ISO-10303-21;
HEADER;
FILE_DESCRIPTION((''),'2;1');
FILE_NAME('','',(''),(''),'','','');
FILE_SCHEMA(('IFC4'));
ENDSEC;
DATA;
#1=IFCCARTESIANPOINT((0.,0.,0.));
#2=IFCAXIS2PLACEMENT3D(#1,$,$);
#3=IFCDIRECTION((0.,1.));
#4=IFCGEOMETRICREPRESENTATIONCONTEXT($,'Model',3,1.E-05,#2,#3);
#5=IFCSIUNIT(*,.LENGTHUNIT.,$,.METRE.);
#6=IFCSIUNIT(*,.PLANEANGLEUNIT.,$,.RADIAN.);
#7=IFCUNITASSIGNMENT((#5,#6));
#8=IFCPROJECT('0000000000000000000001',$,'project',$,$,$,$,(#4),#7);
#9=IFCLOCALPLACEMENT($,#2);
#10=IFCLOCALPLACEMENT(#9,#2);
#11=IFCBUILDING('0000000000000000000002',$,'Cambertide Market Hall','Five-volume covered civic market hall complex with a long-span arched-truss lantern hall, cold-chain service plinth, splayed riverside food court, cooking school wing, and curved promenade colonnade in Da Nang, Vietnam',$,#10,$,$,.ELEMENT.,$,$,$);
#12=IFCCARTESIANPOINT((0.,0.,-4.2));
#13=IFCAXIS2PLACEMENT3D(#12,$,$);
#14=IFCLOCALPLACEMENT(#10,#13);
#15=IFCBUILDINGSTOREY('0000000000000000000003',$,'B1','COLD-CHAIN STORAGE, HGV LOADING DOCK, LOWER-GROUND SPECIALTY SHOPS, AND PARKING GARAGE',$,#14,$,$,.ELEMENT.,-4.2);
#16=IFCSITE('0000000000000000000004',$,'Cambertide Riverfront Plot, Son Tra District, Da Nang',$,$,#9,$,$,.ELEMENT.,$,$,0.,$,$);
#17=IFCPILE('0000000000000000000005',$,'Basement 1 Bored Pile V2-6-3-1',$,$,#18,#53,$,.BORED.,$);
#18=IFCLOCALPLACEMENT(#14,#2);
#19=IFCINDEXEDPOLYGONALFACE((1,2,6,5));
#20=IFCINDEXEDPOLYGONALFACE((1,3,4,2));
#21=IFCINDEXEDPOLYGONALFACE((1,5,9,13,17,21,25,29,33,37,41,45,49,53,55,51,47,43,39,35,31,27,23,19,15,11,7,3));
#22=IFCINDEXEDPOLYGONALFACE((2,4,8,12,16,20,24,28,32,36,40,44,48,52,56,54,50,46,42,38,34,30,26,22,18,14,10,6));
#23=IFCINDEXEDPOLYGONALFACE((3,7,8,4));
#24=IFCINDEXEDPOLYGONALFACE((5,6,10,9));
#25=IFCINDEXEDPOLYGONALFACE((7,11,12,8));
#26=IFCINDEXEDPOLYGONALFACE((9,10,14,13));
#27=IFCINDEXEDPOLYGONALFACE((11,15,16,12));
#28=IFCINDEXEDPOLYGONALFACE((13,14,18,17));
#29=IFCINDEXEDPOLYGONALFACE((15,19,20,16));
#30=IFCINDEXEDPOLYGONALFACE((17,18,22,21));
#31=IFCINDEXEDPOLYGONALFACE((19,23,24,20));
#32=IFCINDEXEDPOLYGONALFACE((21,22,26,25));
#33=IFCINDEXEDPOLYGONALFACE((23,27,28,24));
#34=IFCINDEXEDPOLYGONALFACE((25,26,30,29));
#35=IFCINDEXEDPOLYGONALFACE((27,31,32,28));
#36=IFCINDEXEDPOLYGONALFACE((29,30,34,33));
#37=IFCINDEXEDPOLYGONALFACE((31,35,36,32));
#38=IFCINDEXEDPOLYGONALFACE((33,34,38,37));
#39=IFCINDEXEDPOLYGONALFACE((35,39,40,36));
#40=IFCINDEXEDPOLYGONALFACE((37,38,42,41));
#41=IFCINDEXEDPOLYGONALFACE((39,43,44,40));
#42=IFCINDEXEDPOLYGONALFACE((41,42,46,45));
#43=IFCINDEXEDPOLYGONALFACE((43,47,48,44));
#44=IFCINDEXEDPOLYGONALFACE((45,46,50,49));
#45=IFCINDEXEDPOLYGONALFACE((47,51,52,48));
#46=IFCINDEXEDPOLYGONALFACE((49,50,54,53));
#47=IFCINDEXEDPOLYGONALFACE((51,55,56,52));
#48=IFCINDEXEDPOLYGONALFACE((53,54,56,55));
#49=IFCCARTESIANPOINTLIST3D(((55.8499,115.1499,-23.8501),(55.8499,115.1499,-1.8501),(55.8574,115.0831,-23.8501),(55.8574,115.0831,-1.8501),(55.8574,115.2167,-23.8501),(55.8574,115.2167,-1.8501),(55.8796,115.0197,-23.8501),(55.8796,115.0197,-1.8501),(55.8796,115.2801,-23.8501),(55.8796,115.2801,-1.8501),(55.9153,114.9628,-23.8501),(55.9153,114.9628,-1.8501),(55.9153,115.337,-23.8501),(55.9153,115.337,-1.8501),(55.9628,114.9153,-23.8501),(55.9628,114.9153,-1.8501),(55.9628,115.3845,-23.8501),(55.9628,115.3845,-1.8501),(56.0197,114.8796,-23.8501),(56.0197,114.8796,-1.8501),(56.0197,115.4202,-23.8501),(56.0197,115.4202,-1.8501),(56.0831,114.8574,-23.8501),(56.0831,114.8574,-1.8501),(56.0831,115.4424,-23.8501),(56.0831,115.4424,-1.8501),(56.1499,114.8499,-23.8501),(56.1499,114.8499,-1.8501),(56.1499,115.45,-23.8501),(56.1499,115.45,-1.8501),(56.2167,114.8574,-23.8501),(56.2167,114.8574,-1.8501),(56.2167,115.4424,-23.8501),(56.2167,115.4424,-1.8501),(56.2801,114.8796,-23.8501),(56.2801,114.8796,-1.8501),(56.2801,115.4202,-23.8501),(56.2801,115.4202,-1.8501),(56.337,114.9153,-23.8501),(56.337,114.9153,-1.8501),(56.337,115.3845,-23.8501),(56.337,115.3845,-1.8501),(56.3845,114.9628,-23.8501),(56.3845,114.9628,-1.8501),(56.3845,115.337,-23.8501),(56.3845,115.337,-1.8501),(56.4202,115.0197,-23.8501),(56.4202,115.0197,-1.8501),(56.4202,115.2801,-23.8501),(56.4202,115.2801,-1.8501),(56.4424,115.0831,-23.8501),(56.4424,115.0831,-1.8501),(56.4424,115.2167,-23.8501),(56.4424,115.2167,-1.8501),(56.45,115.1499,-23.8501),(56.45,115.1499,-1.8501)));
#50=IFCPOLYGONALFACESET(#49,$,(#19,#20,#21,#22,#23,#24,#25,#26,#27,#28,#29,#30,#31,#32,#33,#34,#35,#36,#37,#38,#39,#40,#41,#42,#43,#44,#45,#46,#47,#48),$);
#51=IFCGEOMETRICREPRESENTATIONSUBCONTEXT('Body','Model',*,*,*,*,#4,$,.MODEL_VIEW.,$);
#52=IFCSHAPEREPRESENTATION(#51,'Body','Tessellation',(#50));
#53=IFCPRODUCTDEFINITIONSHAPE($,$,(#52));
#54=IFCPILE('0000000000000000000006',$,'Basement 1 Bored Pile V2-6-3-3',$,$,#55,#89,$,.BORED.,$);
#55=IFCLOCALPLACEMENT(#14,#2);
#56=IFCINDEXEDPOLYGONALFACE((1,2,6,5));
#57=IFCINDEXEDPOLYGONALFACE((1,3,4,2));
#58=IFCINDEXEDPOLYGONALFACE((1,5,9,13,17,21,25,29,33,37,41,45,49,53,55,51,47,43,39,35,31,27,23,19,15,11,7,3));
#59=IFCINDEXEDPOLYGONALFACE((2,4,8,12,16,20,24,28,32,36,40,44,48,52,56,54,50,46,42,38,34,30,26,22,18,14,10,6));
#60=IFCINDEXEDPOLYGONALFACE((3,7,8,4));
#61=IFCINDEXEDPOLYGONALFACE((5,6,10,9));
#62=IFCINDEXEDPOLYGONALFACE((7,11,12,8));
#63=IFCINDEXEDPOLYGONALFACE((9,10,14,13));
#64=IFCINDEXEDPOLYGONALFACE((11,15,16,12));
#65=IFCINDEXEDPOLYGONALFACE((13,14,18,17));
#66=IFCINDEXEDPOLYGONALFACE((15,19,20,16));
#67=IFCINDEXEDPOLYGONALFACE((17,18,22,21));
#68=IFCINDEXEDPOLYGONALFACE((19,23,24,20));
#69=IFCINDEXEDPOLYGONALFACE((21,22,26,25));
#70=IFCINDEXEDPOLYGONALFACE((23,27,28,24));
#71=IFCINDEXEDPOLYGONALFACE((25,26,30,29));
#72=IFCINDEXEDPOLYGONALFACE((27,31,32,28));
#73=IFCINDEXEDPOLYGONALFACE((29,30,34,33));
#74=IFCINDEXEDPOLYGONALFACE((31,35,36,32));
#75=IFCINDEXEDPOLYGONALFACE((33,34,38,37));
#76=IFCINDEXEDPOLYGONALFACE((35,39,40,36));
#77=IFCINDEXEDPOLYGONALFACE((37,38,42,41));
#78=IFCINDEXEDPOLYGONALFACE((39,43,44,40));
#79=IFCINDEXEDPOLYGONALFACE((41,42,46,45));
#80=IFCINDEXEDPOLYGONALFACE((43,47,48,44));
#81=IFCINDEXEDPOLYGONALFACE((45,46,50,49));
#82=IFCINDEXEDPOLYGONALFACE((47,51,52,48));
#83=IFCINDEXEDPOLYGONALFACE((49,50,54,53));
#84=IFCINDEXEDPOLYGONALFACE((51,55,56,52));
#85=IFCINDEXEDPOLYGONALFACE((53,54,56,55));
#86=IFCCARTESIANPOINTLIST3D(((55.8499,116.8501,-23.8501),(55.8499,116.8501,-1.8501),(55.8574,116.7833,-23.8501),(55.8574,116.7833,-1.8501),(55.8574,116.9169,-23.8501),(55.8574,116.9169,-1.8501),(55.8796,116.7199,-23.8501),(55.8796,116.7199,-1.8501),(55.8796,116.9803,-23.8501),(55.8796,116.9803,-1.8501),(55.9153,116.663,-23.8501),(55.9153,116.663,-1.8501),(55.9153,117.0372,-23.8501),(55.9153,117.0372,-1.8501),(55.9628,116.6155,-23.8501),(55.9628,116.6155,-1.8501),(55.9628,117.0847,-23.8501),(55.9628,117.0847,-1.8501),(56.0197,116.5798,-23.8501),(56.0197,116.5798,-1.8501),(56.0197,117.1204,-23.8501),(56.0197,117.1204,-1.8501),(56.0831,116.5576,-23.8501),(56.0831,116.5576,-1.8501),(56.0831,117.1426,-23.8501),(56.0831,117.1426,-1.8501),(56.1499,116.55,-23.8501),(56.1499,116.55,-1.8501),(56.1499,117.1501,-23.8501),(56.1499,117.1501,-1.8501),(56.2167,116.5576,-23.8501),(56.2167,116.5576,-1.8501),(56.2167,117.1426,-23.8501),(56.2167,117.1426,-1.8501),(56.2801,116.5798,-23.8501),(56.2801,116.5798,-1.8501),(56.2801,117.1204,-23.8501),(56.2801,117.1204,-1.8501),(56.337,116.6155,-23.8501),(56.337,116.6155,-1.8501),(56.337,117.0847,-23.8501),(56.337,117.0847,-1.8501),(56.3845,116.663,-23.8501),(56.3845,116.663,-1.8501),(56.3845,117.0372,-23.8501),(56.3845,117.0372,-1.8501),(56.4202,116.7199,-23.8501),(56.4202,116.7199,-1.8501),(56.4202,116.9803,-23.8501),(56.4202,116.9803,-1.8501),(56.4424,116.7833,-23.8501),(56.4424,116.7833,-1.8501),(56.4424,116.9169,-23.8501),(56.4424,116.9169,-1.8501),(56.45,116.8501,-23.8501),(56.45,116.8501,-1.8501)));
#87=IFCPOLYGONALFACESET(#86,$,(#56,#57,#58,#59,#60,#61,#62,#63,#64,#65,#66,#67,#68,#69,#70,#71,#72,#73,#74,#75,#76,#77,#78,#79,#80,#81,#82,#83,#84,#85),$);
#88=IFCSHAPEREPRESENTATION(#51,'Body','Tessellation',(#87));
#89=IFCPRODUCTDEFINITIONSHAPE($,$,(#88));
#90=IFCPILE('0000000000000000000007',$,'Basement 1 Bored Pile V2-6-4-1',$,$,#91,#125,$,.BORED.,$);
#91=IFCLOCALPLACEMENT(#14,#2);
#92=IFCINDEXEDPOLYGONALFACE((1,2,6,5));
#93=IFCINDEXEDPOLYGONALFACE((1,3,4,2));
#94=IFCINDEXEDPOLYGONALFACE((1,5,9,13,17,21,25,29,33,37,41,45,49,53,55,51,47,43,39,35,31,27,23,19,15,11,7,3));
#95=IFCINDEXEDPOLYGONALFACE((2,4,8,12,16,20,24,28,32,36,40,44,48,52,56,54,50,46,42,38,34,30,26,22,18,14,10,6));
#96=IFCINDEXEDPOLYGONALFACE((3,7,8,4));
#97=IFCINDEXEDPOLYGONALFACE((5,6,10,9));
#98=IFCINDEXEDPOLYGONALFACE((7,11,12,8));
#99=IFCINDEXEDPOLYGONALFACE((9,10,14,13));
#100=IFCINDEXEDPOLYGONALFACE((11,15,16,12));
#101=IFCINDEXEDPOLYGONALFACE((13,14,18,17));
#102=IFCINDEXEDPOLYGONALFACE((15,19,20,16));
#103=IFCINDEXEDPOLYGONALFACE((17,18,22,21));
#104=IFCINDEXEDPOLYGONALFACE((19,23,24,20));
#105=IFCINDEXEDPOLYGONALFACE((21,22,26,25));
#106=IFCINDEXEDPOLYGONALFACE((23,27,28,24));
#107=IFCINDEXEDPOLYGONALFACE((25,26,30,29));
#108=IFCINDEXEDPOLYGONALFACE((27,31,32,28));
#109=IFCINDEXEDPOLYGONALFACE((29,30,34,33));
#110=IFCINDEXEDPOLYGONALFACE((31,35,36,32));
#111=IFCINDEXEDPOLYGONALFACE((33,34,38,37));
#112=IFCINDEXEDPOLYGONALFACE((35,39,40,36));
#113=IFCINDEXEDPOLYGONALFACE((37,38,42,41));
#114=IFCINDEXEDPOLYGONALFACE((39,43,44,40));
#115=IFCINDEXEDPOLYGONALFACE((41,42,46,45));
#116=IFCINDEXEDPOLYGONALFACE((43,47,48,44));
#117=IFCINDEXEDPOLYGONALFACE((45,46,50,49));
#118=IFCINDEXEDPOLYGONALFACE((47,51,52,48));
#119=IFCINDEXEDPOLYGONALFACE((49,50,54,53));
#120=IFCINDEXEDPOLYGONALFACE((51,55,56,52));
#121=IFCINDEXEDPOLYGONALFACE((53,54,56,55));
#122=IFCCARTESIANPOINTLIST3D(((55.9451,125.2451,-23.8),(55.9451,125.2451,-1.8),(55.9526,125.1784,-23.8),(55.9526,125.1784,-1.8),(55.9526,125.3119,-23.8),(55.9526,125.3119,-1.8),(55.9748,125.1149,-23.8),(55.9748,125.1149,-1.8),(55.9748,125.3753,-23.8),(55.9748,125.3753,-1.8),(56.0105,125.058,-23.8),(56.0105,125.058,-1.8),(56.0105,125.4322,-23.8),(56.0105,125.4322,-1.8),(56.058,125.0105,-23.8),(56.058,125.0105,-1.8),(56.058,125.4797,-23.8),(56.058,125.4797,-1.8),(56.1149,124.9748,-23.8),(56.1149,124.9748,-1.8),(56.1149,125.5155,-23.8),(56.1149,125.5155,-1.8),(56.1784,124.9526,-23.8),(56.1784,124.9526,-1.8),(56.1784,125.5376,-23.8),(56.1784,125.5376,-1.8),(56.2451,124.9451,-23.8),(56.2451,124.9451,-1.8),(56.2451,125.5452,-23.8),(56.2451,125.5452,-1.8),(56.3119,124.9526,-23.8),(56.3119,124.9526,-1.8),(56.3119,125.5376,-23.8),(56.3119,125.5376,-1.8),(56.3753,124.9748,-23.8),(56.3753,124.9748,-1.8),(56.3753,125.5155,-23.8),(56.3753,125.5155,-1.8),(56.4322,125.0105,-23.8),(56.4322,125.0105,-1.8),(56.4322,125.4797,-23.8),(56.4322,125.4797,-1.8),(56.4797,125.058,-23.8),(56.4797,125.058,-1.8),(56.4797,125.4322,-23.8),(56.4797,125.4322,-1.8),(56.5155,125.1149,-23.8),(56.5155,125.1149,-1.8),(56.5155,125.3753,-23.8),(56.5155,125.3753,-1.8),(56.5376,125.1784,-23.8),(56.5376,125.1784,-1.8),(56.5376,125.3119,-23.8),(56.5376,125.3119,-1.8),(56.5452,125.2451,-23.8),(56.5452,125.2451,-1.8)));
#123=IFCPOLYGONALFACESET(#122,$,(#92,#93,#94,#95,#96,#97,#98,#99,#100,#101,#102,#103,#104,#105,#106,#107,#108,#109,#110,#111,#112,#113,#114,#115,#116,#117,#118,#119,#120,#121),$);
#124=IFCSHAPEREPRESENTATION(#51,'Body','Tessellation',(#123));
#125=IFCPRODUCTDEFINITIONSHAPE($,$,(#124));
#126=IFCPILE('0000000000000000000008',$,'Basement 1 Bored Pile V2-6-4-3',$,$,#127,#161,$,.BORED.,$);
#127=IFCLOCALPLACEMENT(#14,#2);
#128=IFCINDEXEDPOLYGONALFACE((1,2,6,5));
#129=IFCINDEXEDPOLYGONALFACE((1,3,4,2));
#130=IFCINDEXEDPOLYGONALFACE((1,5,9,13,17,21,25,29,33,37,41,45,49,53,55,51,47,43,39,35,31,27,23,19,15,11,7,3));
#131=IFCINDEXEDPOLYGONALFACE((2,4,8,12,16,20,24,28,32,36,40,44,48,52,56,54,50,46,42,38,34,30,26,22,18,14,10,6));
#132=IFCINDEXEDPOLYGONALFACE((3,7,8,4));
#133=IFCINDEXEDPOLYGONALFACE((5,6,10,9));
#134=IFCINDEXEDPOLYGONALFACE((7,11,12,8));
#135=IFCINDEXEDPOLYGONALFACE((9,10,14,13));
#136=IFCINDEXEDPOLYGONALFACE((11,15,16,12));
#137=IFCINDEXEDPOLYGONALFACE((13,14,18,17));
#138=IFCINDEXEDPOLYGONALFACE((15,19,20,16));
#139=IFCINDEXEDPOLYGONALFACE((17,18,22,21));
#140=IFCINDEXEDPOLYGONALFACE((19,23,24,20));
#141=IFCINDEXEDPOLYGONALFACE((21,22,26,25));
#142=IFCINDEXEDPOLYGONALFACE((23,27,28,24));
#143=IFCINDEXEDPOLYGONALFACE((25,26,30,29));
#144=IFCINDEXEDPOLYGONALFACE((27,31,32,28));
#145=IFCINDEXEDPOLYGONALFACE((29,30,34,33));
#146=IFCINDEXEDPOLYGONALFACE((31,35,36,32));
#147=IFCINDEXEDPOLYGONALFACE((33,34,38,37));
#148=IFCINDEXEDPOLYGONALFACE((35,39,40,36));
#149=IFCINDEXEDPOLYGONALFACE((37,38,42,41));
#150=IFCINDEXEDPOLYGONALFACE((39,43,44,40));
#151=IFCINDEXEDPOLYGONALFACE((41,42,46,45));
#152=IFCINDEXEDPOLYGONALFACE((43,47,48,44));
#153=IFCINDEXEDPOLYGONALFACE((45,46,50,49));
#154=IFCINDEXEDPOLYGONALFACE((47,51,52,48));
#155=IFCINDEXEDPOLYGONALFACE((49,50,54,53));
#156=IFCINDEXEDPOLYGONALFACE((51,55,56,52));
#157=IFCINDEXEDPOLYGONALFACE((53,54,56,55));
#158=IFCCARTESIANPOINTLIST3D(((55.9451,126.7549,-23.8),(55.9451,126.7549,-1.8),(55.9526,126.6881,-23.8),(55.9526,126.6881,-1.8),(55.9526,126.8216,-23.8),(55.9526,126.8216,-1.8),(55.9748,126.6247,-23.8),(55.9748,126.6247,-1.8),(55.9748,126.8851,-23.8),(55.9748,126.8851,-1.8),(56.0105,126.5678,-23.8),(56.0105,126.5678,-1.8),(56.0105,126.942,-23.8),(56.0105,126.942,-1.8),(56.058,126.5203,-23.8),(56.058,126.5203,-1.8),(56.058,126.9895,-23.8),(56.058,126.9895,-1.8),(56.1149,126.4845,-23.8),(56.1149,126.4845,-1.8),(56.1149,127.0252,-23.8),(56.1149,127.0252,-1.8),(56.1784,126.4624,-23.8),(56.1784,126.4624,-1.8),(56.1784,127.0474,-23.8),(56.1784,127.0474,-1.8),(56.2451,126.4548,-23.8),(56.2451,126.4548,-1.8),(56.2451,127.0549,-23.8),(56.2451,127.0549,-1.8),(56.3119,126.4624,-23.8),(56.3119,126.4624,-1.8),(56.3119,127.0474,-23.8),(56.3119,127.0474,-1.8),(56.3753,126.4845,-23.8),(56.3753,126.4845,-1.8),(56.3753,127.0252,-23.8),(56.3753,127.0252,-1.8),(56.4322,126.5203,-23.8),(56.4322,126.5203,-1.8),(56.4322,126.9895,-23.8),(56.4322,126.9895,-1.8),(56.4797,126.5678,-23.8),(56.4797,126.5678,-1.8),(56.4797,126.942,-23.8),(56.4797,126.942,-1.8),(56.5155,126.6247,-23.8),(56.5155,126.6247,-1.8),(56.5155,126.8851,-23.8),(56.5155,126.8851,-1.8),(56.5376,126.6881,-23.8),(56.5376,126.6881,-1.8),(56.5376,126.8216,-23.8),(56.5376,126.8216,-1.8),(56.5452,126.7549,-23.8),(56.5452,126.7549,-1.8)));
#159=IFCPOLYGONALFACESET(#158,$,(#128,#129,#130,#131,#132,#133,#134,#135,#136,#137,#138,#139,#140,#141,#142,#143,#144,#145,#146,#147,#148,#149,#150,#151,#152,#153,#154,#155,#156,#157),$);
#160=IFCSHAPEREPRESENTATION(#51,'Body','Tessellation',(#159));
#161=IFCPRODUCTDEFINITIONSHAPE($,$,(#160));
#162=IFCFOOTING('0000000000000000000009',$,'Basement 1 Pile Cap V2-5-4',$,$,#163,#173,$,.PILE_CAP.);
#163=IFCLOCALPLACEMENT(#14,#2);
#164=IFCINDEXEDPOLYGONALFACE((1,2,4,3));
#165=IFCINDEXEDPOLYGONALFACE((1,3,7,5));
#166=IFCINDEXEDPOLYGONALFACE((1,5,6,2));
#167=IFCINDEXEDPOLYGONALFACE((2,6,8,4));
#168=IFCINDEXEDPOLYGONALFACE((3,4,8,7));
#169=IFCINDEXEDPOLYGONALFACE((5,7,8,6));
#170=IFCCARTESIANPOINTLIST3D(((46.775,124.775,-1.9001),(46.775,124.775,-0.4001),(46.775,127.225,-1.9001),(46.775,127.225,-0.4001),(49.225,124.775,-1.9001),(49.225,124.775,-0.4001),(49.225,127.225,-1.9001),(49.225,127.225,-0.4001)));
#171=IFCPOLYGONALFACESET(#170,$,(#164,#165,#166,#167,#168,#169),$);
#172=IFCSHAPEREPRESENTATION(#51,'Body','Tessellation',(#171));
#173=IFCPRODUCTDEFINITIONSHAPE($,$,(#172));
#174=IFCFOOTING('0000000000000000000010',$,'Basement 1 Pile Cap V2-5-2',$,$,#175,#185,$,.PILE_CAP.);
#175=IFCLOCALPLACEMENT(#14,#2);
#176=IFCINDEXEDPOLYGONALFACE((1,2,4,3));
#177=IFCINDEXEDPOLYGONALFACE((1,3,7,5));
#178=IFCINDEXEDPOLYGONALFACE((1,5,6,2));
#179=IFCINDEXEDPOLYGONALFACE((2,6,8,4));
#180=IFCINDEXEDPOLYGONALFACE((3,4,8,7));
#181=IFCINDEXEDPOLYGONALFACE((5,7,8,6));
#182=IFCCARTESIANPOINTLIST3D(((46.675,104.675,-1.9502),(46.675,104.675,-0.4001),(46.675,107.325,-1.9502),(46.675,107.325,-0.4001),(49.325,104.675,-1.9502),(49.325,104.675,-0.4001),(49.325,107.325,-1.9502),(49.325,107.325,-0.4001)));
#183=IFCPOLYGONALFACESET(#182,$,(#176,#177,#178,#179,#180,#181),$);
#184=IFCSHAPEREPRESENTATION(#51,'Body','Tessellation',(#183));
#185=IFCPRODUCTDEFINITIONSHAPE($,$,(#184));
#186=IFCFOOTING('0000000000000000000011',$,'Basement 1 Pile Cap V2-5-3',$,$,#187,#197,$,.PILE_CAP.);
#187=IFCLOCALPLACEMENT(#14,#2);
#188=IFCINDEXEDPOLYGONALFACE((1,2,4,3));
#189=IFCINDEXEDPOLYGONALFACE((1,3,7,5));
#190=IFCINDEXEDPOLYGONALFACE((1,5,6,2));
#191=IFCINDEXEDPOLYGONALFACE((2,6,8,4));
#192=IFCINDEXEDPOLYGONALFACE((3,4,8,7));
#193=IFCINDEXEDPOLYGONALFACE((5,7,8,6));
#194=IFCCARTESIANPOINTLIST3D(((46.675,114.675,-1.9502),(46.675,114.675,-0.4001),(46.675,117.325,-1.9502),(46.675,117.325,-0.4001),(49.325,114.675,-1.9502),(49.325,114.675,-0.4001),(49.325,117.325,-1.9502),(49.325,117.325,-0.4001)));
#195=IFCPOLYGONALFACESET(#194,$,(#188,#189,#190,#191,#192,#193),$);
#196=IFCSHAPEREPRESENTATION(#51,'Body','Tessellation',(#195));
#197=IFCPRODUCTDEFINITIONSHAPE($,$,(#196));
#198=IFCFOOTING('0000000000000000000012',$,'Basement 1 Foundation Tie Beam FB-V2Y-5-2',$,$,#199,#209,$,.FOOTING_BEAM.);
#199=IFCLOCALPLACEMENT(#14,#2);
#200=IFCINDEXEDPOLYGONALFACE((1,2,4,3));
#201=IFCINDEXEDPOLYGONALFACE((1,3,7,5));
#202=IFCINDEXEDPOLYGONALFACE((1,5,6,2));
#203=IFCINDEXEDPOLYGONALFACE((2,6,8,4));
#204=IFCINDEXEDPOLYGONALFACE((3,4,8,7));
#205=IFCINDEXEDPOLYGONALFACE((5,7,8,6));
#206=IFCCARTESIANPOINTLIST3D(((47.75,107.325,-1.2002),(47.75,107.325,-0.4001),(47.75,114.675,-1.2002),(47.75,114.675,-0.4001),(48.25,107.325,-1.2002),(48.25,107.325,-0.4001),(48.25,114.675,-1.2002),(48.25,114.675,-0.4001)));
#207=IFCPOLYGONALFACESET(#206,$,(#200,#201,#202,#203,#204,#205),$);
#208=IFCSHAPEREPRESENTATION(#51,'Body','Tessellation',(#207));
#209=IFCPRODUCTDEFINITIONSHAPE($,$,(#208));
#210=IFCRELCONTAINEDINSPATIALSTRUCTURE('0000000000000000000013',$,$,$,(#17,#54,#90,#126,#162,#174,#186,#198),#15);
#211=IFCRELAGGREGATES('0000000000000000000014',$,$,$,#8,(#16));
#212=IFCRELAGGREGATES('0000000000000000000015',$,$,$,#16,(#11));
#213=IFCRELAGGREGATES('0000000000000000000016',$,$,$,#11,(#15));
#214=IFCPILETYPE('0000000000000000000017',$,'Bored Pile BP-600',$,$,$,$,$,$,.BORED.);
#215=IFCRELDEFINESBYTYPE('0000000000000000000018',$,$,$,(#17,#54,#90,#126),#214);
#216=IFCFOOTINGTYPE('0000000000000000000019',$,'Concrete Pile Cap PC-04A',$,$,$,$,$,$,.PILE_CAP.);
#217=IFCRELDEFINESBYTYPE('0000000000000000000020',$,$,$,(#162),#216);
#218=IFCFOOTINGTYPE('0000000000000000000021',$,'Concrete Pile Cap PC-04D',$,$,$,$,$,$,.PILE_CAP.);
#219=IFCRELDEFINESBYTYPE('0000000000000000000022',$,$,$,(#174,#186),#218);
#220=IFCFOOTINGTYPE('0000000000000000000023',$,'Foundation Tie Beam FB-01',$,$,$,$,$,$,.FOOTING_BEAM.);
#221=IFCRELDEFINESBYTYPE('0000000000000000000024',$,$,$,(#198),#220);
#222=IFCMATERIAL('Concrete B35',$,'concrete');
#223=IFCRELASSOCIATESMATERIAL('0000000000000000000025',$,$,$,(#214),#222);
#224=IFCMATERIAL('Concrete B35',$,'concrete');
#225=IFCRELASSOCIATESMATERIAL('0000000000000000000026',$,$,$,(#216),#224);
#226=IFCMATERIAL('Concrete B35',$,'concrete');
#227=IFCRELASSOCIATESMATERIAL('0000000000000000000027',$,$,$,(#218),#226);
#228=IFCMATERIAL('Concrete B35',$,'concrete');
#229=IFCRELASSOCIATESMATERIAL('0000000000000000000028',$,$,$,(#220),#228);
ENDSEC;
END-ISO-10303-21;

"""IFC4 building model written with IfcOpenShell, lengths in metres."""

from ifc_helpers import new_model, si_unit, direction, frame, origin, origin_2d, place, context, subcontext, project, spatial, rectangle, circle, extrude, material, material_profile, profile_set, type_object, element, save


model = new_model("IFC4")

# Units and contexts
model_context = context("Model", 3, precision=1e-05, world=origin(), true_north=direction((0.0, 1.0)))
body_context = subcontext(model_context, "Body", "Model", "MODEL_VIEW")
ifc_project = project(units=[si_unit("LENGTHUNIT", "METRE"), si_unit("PLANEANGLEUNIT", "RADIAN")], contexts=[model_context])

# Site, building, storey
site_placement = place(None, origin())
site = spatial("IfcSite", under=ifc_project, at=site_placement, Name="Cambertide Riverfront Plot, Son Tra District, Da Nang", CompositionType="ELEMENT", RefElevation=0.0)
building_placement = place(site_placement, origin())
building = spatial("IfcBuilding", under=site, at=building_placement, Name="Cambertide Market Hall", Description="Five-volume covered civic market hall complex with a long-span arched-truss lantern hall, cold-chain service plinth, splayed riverside food court, cooking school wing, and curved promenade colonnade in Da Nang, Vietnam", CompositionType="ELEMENT")
storey_placement = place(building_placement, frame((0.0, 0.0, -4.2)))
storey = spatial("IfcBuildingStorey", under=building, at=storey_placement, Name="B1", Description="COLD-CHAIN STORAGE, HGV LOADING DOCK, LOWER-GROUND SPECIALTY SHOPS, AND PARKING GARAGE", CompositionType="ELEMENT", Elevation=-4.2)

# Piles
ifc_material_1 = material(Name="Concrete B35", Category="concrete")
ifc_material_profile_1 = material_profile(ifc_material_1, circle(Radius=0.3, at=origin_2d()), Name="BP D600")
ifc_profile_set_1 = profile_set([ifc_material_profile_1], Name="Concrete B35")
pile_type = type_object("IfcPileType", Name="Bored Pile BP-600", PredefinedType="BORED", material=ifc_profile_set_1)
for number, where, z_axis, x_axis, name in (
    (1, (56.1499, 115.1499, -1.8501), (0.0, 0.0, -1.0), (1.0, 0.0, 0.0), "Basement 1 Bored Pile V2-6-3-1"),
    (2, (56.1499, 116.8501, -1.8501), (0.0, 0.0, -1.0), (1.0, 0.0, 0.0), "Basement 1 Bored Pile V2-6-3-3"),
    (3, (56.2451, 125.2451, -1.8), (0.0, 0.0, -1.0), (1.0, 0.0, 0.0), "Basement 1 Bored Pile V2-6-4-1"),
    (4, (56.2451, 126.7549, -1.8), (0.0, 0.0, -1.0), (1.0, 0.0, 0.0), "Basement 1 Bored Pile V2-6-4-3"),
):
    element("IfcPile", number, at=place(storey_placement, frame(where, z_axis=z_axis, x_axis=x_axis)), inside=storey, type_object=pile_type, Name=name, PredefinedType="BORED", context=body_context, shape_type="SweptSolid", body=[
        extrude(circle(Radius=0.3, at=origin_2d()), origin(), (0.0, 0.0, 1.0), 22.0),
    ])

# Footings
ifc_material_2 = material(Name="Concrete B35", Category="concrete")
footing_type_1 = type_object("IfcFootingType", Name="Concrete Pile Cap PC-04A", PredefinedType="PILE_CAP", material=ifc_material_2)
footing_1_placement = place(storey_placement, frame((48.0, 126.0, -1.9001), z_axis=(0.0, 0.0, 1.0), x_axis=(1.0, 0.0, 0.0)))
element("IfcFooting", 5, at=footing_1_placement, inside=storey, type_object=footing_type_1, Name="Basement 1 Pile Cap V2-5-4", PredefinedType="PILE_CAP", context=body_context, shape_type="SweptSolid", body=[
    extrude(rectangle(XDim=2.45, YDim=2.45, at=origin_2d()), origin(), (0.0, 0.0, 1.0), 1.5),
])
ifc_material_3 = material(Name="Concrete B35", Category="concrete")
footing_type_2 = type_object("IfcFootingType", Name="Concrete Pile Cap PC-04D", PredefinedType="PILE_CAP", material=ifc_material_3)
for number, where, z_axis, x_axis, name in (
    (6, (48.0, 106.0, -1.9502), (0.0, 0.0, 1.0), (1.0, 0.0, 0.0), "Basement 1 Pile Cap V2-5-2"),
    (7, (48.0, 116.0, -1.9502), (0.0, 0.0, 1.0), (1.0, 0.0, 0.0), "Basement 1 Pile Cap V2-5-3"),
):
    element("IfcFooting", number, at=place(storey_placement, frame(where, z_axis=z_axis, x_axis=x_axis)), inside=storey, type_object=footing_type_2, Name=name, PredefinedType="PILE_CAP", context=body_context, shape_type="SweptSolid", body=[
        extrude(rectangle(XDim=2.6499, YDim=2.6499, at=origin_2d()), origin(), (0.0, 0.0, 1.0), 1.55),
    ])
ifc_material_4 = material(Name="Concrete B35", Category="concrete")
footing_type_3 = type_object("IfcFootingType", Name="Foundation Tie Beam FB-01", PredefinedType="FOOTING_BEAM", material=ifc_material_4)
footing_2_placement = place(storey_placement, frame((48.0, 111.0, -1.2002), z_axis=(0.0, 0.0, 1.0), x_axis=(0.0, 1.0, 0.0)))
element("IfcFooting", 8, at=footing_2_placement, inside=storey, type_object=footing_type_3, Name="Basement 1 Foundation Tie Beam FB-V2Y-5-2", PredefinedType="FOOTING_BEAM", context=body_context, shape_type="SweptSolid", body=[
    extrude(rectangle(XDim=7.3501, YDim=0.5, at=origin_2d()), origin(), (0.0, 0.0, 1.0), 0.8),
])

save(model, "model.ifc")
